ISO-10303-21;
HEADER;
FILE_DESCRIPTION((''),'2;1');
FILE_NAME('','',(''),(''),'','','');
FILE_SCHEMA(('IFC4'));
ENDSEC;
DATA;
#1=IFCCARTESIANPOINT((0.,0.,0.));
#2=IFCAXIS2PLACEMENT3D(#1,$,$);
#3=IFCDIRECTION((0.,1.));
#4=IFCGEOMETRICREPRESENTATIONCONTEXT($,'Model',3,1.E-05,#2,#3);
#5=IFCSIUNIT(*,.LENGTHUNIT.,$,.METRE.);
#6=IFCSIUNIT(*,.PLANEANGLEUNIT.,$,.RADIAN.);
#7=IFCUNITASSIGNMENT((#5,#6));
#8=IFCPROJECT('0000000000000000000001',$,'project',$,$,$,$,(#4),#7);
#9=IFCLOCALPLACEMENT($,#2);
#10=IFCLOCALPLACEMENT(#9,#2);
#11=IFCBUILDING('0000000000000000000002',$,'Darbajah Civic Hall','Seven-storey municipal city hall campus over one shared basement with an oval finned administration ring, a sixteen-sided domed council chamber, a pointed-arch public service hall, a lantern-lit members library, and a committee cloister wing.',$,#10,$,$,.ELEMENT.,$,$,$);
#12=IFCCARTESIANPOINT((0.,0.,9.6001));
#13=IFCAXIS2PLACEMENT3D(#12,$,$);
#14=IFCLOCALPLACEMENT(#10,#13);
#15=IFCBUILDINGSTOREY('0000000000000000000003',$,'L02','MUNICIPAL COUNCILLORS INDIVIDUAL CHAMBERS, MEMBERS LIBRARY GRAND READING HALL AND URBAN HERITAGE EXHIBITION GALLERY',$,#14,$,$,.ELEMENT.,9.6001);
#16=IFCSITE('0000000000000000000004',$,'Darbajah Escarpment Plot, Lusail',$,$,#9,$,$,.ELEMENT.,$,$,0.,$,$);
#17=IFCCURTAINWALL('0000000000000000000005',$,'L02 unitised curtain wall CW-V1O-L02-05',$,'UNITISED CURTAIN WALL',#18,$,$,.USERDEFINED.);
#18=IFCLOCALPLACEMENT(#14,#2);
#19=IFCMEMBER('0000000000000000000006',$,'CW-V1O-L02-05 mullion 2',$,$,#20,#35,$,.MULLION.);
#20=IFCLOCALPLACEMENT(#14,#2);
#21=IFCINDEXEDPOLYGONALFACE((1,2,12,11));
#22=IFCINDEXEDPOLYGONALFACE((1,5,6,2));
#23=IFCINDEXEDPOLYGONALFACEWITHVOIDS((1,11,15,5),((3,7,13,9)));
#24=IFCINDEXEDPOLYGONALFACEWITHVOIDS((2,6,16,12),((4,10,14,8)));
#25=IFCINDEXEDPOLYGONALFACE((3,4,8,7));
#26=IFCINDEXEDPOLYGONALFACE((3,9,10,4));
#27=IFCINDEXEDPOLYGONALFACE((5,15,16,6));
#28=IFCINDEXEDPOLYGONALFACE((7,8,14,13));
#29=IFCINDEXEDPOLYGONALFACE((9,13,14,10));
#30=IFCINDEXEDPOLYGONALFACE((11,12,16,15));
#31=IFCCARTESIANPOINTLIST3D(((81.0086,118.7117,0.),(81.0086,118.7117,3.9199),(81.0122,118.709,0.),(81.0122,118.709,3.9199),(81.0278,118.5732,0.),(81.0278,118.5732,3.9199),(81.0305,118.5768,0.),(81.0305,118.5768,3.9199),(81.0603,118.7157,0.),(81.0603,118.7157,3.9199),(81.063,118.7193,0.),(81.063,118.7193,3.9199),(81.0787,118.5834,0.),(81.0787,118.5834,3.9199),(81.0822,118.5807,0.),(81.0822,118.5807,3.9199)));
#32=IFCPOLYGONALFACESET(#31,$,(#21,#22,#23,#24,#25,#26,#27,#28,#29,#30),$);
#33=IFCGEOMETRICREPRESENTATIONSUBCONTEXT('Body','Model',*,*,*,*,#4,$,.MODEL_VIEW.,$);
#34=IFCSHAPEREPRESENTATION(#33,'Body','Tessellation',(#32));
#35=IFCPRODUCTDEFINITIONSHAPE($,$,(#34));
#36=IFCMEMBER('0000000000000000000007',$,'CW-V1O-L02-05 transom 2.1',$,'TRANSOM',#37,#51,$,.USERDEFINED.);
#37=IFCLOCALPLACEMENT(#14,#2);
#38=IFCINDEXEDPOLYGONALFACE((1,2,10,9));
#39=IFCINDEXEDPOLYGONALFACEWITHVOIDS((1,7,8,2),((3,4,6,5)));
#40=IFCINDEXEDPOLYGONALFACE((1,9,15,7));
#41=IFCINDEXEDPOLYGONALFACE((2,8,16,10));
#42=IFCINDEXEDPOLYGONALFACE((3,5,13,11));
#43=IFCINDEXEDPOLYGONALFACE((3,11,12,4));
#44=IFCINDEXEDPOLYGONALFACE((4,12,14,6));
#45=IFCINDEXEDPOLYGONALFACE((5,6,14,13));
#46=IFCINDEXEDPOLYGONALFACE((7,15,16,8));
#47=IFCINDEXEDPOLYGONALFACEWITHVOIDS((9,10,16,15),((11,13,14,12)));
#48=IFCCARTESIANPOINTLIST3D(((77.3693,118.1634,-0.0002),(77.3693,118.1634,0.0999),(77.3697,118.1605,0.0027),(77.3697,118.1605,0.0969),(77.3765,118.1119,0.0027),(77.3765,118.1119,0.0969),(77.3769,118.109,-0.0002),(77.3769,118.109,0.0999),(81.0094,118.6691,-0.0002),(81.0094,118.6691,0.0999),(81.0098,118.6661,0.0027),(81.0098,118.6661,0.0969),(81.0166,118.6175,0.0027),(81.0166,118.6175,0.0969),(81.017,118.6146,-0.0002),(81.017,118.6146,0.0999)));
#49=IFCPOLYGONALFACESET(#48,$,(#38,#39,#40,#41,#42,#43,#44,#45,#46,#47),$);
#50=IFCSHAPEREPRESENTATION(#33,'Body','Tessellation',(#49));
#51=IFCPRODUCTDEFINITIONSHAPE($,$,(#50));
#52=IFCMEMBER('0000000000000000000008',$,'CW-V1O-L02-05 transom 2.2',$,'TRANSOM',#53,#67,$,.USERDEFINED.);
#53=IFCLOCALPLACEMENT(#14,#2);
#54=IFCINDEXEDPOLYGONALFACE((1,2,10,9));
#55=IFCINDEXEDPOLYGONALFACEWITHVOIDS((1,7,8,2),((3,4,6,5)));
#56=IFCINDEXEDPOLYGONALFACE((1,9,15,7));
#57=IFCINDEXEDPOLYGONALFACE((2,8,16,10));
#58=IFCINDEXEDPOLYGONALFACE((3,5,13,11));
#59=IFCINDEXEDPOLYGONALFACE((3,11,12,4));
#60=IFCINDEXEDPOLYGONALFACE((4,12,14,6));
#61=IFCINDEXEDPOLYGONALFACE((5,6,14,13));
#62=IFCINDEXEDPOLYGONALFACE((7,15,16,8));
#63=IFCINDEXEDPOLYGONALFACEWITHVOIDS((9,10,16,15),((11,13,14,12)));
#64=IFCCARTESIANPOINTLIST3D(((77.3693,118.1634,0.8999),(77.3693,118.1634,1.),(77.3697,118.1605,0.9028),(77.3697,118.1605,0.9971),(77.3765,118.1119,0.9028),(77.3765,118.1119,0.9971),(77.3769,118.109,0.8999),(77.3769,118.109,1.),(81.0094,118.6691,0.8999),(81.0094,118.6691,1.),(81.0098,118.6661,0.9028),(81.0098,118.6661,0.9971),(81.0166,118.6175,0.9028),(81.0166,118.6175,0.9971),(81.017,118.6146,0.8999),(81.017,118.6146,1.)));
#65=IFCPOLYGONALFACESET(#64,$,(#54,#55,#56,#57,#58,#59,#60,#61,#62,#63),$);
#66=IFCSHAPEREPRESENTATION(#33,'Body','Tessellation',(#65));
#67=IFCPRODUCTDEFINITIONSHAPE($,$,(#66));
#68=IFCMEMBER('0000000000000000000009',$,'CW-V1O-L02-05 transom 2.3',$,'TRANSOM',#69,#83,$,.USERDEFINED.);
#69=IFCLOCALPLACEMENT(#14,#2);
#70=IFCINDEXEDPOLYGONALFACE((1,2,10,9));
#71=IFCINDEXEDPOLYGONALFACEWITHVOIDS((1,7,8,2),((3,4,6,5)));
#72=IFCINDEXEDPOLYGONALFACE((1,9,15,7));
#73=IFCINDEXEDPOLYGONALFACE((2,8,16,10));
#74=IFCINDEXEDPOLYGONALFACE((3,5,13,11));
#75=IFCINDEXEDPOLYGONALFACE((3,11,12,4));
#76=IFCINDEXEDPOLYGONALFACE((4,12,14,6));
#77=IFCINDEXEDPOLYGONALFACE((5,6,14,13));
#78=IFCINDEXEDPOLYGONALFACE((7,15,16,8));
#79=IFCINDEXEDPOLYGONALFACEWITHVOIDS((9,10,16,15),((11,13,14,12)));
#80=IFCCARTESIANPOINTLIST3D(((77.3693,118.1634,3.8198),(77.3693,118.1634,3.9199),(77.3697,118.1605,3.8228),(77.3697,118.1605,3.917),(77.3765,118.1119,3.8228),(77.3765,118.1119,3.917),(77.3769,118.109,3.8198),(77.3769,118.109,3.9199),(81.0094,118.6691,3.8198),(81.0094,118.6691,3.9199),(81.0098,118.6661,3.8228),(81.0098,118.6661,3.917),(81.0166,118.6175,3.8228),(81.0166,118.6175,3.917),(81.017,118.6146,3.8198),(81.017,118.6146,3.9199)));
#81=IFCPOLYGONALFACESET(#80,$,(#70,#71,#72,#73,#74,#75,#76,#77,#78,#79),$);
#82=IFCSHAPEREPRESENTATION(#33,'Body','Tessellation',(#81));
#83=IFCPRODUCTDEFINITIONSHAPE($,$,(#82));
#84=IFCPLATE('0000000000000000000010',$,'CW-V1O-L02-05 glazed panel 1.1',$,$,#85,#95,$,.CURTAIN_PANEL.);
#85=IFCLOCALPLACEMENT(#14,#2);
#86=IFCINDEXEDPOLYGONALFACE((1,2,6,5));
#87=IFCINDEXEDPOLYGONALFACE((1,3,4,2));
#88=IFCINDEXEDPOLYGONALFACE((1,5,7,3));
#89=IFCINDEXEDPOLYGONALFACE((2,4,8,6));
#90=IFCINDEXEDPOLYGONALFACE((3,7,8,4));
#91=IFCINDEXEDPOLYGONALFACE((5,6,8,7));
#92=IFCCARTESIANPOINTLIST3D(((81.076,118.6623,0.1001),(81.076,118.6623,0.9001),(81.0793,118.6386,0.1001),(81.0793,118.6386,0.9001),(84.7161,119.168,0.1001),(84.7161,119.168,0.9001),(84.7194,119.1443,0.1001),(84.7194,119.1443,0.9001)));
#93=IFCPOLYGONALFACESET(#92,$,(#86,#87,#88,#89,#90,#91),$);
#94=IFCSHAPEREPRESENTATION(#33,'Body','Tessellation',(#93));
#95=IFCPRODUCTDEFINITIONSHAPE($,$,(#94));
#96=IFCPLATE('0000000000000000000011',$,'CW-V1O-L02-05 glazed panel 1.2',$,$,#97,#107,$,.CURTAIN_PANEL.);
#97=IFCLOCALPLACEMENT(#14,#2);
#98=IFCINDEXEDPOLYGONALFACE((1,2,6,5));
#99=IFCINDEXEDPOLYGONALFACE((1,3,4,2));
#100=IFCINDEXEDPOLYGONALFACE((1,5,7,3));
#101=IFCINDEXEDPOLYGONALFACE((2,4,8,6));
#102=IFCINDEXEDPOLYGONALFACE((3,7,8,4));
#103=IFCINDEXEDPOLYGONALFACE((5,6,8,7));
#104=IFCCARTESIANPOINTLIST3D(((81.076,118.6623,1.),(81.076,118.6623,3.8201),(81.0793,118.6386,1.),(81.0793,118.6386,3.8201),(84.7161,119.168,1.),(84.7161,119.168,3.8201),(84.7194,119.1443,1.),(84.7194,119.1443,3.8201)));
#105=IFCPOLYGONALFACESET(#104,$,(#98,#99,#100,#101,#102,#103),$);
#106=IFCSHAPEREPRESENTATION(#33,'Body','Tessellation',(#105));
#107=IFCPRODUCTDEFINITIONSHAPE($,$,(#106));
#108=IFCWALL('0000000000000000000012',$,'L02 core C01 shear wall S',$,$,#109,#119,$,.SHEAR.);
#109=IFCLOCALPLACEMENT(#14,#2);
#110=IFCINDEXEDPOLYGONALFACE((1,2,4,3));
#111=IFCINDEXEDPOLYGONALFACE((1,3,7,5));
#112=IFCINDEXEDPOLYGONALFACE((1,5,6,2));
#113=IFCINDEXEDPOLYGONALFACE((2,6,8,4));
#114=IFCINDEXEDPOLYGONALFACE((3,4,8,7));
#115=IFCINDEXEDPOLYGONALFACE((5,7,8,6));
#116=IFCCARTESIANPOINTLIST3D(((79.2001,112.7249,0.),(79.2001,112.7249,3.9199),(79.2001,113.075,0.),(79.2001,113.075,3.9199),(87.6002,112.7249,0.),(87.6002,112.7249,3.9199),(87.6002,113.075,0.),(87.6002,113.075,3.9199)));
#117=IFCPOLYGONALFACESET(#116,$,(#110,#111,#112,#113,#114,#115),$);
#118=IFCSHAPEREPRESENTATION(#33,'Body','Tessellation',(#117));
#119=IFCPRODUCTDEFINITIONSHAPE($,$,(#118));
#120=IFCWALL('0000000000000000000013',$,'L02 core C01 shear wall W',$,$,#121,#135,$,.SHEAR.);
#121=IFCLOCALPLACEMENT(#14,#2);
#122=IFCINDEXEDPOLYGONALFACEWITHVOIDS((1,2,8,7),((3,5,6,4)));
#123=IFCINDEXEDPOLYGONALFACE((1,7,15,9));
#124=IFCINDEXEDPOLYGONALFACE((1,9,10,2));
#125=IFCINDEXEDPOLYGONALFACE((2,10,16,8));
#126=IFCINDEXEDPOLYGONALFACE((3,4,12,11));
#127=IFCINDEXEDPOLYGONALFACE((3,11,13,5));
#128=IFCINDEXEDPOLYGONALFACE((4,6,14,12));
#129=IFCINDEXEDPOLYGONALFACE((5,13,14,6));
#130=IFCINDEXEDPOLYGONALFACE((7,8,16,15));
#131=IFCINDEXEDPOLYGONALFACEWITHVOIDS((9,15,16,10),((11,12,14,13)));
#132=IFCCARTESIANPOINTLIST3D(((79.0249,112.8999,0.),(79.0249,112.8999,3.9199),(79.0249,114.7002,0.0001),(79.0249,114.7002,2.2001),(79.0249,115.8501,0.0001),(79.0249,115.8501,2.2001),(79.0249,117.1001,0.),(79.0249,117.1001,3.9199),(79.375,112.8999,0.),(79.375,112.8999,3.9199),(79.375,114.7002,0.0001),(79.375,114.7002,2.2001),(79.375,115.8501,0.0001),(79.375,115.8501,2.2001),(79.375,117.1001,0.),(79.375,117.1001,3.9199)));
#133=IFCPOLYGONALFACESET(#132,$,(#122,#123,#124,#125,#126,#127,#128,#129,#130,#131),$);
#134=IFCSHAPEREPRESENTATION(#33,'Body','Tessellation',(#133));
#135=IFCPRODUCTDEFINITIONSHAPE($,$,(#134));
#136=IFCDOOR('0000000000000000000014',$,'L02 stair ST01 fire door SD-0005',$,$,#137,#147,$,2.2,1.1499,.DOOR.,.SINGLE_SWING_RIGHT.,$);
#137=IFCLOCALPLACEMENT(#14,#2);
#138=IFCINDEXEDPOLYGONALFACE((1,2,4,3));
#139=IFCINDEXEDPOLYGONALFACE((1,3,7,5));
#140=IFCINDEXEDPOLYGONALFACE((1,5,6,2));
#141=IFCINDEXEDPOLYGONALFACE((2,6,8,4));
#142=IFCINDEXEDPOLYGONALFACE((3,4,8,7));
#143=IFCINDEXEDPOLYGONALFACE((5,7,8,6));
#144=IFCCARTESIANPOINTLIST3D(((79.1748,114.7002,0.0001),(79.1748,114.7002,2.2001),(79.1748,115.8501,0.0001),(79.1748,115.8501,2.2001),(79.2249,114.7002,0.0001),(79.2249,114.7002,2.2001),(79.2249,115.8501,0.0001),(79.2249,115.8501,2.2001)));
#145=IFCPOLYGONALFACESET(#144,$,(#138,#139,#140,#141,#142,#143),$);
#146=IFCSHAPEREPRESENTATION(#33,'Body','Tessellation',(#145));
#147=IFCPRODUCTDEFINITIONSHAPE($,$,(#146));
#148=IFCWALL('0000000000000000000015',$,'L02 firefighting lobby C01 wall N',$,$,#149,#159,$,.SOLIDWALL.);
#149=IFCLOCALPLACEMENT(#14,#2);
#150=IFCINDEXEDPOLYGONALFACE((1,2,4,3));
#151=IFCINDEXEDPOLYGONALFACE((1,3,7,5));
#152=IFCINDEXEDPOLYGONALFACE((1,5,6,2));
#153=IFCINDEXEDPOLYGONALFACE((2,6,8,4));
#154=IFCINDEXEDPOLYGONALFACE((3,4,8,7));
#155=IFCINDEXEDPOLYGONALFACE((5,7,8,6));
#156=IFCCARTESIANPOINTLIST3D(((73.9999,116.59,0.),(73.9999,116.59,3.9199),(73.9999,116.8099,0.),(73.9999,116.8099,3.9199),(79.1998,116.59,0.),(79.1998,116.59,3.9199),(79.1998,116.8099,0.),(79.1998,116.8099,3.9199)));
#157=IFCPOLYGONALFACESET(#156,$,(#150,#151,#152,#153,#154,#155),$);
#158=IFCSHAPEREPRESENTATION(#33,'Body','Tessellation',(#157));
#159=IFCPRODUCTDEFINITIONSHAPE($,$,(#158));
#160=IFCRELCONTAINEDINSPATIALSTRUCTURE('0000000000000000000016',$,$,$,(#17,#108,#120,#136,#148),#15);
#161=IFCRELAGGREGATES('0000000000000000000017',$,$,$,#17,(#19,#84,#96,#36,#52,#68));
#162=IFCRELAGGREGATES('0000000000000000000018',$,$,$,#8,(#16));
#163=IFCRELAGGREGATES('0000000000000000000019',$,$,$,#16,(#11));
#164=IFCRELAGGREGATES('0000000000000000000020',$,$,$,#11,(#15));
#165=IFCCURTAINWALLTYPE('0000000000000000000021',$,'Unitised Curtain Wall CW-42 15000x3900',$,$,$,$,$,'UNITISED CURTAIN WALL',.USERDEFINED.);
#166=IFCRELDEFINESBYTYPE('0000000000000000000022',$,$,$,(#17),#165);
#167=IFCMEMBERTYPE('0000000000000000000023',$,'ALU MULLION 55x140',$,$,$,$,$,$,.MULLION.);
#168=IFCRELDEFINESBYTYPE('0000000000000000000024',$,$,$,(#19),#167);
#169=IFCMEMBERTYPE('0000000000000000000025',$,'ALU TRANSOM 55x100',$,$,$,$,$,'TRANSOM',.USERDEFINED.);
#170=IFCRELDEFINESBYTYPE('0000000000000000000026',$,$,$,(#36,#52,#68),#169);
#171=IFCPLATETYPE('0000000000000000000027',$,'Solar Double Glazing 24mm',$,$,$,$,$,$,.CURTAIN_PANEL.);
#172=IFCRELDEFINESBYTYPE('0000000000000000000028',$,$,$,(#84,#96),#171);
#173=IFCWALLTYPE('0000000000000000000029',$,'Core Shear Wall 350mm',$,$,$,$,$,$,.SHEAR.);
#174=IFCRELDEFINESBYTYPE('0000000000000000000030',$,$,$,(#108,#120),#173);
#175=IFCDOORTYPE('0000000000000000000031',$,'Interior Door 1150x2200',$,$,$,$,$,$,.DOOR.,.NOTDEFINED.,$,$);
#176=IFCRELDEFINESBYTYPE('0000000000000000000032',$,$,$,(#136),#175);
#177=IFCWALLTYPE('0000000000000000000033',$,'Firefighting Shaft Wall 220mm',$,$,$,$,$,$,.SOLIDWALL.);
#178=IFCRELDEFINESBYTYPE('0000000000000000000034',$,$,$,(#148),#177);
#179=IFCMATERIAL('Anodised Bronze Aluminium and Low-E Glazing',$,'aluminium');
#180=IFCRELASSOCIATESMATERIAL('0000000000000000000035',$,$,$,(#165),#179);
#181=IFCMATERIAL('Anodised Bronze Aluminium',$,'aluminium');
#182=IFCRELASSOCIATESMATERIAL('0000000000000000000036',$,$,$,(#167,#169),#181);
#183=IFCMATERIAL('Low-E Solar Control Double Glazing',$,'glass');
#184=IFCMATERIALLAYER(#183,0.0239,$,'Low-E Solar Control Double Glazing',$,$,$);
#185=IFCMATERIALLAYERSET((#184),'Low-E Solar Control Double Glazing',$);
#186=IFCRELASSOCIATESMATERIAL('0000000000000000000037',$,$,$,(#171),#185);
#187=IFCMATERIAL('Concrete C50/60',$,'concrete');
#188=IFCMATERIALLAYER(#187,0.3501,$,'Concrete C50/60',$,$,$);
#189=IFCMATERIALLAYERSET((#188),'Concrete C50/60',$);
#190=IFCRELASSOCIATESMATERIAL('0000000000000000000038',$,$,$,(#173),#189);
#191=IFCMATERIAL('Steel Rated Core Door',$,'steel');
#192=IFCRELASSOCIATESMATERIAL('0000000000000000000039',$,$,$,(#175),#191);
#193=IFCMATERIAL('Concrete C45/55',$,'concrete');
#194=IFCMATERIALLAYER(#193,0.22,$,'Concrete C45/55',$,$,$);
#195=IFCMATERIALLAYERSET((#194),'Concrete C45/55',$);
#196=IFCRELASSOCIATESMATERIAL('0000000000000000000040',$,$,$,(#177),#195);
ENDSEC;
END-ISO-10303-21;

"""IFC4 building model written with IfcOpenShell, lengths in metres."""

from ifc_helpers import new_model, si_unit, direction, frame, frame_2d, origin, origin_2d, place, context, subcontext, project, spatial, rectangle, hollow_rectangle, extrude, material, layer, layer_set, material_profile, profile_set, type_object, element, fill, aggregate, save


model = new_model("IFC4")

# Units and contexts
model_context = context("Model", 3, precision=1e-05, world=origin(), true_north=direction((0.0, 1.0)))
body_context = subcontext(model_context, "Body", "Model", "MODEL_VIEW")
ifc_project = project(units=[si_unit("LENGTHUNIT", "METRE"), si_unit("PLANEANGLEUNIT", "RADIAN")], contexts=[model_context])

# Site, building, storey
site_placement = place(None, origin())
site = spatial("IfcSite", under=ifc_project, at=site_placement, Name="Darbajah Escarpment Plot, Lusail", CompositionType="ELEMENT", RefElevation=0.0)
building_placement = place(site_placement, origin())
building = spatial("IfcBuilding", under=site, at=building_placement, Name="Darbajah Civic Hall", Description="Seven-storey municipal city hall campus over one shared basement with an oval finned administration ring, a sixteen-sided domed council chamber, a pointed-arch public service hall, a lantern-lit members library, and a committee cloister wing.", CompositionType="ELEMENT")
storey_placement = place(building_placement, frame((0.0, 0.0, 9.6001)))
storey = spatial("IfcBuildingStorey", under=building, at=storey_placement, Name="L02", Description="MUNICIPAL COUNCILLORS INDIVIDUAL CHAMBERS, MEMBERS LIBRARY GRAND READING HALL AND URBAN HERITAGE EXHIBITION GALLERY", CompositionType="ELEMENT", Elevation=9.6001)

# Curtain wall, members, plates
ifc_material_1 = material(Name="Anodised Bronze Aluminium and Low-E Glazing", Category="aluminium")
curtain_wall_type = type_object("IfcCurtainWallType", Name="Unitised Curtain Wall CW-42 15000x3900", ElementType="UNITISED CURTAIN WALL", PredefinedType="USERDEFINED", material=ifc_material_1)
curtain_wall_placement = place(storey_placement, origin())
curtain_wall = element("IfcCurtainWall", 1, at=curtain_wall_placement, inside=storey, type_object=curtain_wall_type, Name="L02 unitised curtain wall CW-V1O-L02-05", ObjectType="UNITISED CURTAIN WALL", PredefinedType="USERDEFINED")
ifc_material_2 = material(Name="Anodised Bronze Aluminium", Category="aluminium")
ifc_material_profile_1 = material_profile(ifc_material_2, hollow_rectangle(XDim=0.0549, YDim=0.1399, WallThickness=0.0032, at=origin_2d()), Name="ALU MULLION 55x140")
ifc_profile_set_1 = profile_set([ifc_material_profile_1], Name="Anodised Bronze Aluminium")
member_type_1 = type_object("IfcMemberType", Name="ALU MULLION 55x140", PredefinedType="MULLION", material=ifc_profile_set_1)
member_1_placement = place(storey_placement, frame((81.0454, 118.6462, 0.0), z_axis=(0.0, 0.0, 1.0), x_axis=(-0.990485, -0.137617, 0.0)))
member_1 = element("IfcMember", 2, at=member_1_placement, type_object=member_type_1, Name="CW-V1O-L02-05 mullion 2", PredefinedType="MULLION", context=body_context, shape_type="SweptSolid", body=[
    extrude(hollow_rectangle(XDim=0.0549, YDim=0.1399, WallThickness=0.0032, at=origin_2d()), origin(), (0.0, 0.0, 1.0), 3.9199),
])
ifc_material_profile_2 = material_profile(ifc_material_2, hollow_rectangle(XDim=0.0549, YDim=0.1001, WallThickness=0.0029, at=origin_2d()), Name="ALU TRANSOM 55x100")
ifc_profile_set_2 = profile_set([ifc_material_profile_2], Name="Anodised Bronze Aluminium")
member_type_2 = type_object("IfcMemberType", Name="ALU TRANSOM 55x100", ElementType="TRANSOM", PredefinedType="USERDEFINED", material=ifc_profile_set_2)
member_2_placement = place(storey_placement, frame((81.0132, 118.6418, 0.0498), z_axis=(-0.990491, -0.137579, 0.0), x_axis=(0.137579, -0.990491, 0.0)))
member_2 = element("IfcMember", 3, at=member_2_placement, type_object=member_type_2, Name="CW-V1O-L02-05 transom 2.1", ObjectType="TRANSOM", PredefinedType="USERDEFINED", context=body_context, shape_type="SweptSolid", body=[
    extrude(hollow_rectangle(XDim=0.0549, YDim=0.1001, WallThickness=0.0029, at=origin_2d()), origin(), (0.0, 0.0, 1.0), 3.675),
])
member_3_placement = place(storey_placement, frame((81.0132, 118.6418, 0.95), z_axis=(-0.990491, -0.137579, 0.0), x_axis=(0.137579, -0.990491, 0.0)))
member_3 = element("IfcMember", 4, at=member_3_placement, type_object=member_type_2, Name="CW-V1O-L02-05 transom 2.2", ObjectType="TRANSOM", PredefinedType="USERDEFINED", context=body_context, shape_type="SweptSolid", body=[
    extrude(hollow_rectangle(XDim=0.0549, YDim=0.1001, WallThickness=0.0029, at=origin_2d()), origin(), (0.0, 0.0, 1.0), 3.675),
])
member_4_placement = place(storey_placement, frame((81.0132, 118.6418, 3.8699), z_axis=(-0.990491, -0.137579, 0.0), x_axis=(0.137579, -0.990491, 0.0)))
member_4 = element("IfcMember", 5, at=member_4_placement, type_object=member_type_2, Name="CW-V1O-L02-05 transom 2.3", ObjectType="TRANSOM", PredefinedType="USERDEFINED", context=body_context, shape_type="SweptSolid", body=[
    extrude(hollow_rectangle(XDim=0.0549, YDim=0.1001, WallThickness=0.0029, at=origin_2d()), origin(), (0.0, 0.0, 1.0), 3.675),
])
ifc_material_3 = material(Name="Low-E Solar Control Double Glazing", Category="glass")
ifc_layer_1 = layer(ifc_material_3, 0.0239, Name="Low-E Solar Control Double Glazing")
ifc_layer_set_1 = layer_set([ifc_layer_1], Name="Low-E Solar Control Double Glazing")
plate_type = type_object("IfcPlateType", Name="Solar Double Glazing 24mm", PredefinedType="CURTAIN_PANEL", material=ifc_layer_set_1)
plate_1_placement = place(storey_placement, frame((82.8977, 118.9033, 0.1001), z_axis=(0.0, 0.0, 1.0), x_axis=(-0.990485, -0.137617, 0.0)))
plate_1 = element("IfcPlate", 6, at=plate_1_placement, type_object=plate_type, Name="CW-V1O-L02-05 glazed panel 1.1", PredefinedType="CURTAIN_PANEL", context=body_context, shape_type="SweptSolid", body=[
    extrude(rectangle(XDim=3.675, YDim=0.0239, at=origin_2d()), origin(), (0.0, 0.0, 1.0), 0.8),
])
plate_2_placement = place(storey_placement, frame((82.8977, 118.9033, 1.0), z_axis=(0.0, 0.0, 1.0), x_axis=(-0.990485, -0.137617, 0.0)))
plate_2 = element("IfcPlate", 7, at=plate_2_placement, type_object=plate_type, Name="CW-V1O-L02-05 glazed panel 1.2", PredefinedType="CURTAIN_PANEL", context=body_context, shape_type="SweptSolid", body=[
    extrude(rectangle(XDim=3.675, YDim=0.0239, at=origin_2d()), origin(), (0.0, 0.0, 1.0), 2.8201),
])
aggregate(curtain_wall, [member_1, plate_1, plate_2, member_2, member_3, member_4])

# Wall
ifc_material_4 = material(Name="Concrete C50/60", Category="concrete")
ifc_layer_2 = layer(ifc_material_4, 0.3501, Name="Concrete C50/60")
ifc_layer_set_2 = layer_set([ifc_layer_2], Name="Concrete C50/60")
wall_type_1 = type_object("IfcWallType", Name="Core Shear Wall 350mm", PredefinedType="SHEAR", material=ifc_layer_set_2)
wall_1_placement = place(storey_placement, frame((79.2, 112.8999, 0.0), z_axis=(0.0, 0.0, 1.0), x_axis=(1.0, 0.0, 0.0)))
element("IfcWall", 8, at=wall_1_placement, inside=storey, type_object=wall_type_1, Name="L02 core C01 shear wall S", PredefinedType="SHEAR", context=body_context, shape_type="SweptSolid", body=[
    extrude(rectangle(XDim=8.4001, YDim=0.3501, at=frame_2d((4.2002, 0.0))), origin(), (0.0, 0.0, 1.0), 3.9199),
])

# Wall, opening, door
wall_2_placement = place(storey_placement, frame((79.2, 117.1001, 0.0), z_axis=(0.0, 0.0, 1.0), x_axis=(0.0, -1.0, 0.0)))
wall_2 = element("IfcWall", 9, at=wall_2_placement, inside=storey, type_object=wall_type_1, Name="L02 core C01 shear wall W", PredefinedType="SHEAR", context=body_context, shape_type="SweptSolid", body=[
    extrude(rectangle(XDim=4.2002, YDim=0.3501, at=frame_2d((2.1001, 0.0))), origin(), (0.0, 0.0, 1.0), 3.9199),
])
opening_placement = place(wall_2_placement, frame((1.25, 0.0, 0.0)))
opening = element("IfcOpeningElement", 10, at=opening_placement, cuts=wall_2, PredefinedType="OPENING", context=body_context, shape_type="SweptSolid", body=[
    extrude(rectangle(XDim=1.1499, YDim=2.2, at=frame_2d((0.575, 1.1001))), frame((0.0, 0.1851, 0.0), z_axis=(0.0, -1.0, 0.0), x_axis=(1.0, 0.0, 0.0)), (0.0, 0.0, 1.0), 0.3701),
])
ifc_material_5 = material(Name="Steel Rated Core Door", Category="steel")
door_type = type_object("IfcDoorType", Name="Interior Door 1150x2200", OperationType="NOTDEFINED", PredefinedType="DOOR", material=ifc_material_5)
door_placement = place(opening_placement, origin())
door = element("IfcDoor", 11, at=door_placement, inside=storey, type_object=door_type, Name="L02 stair ST01 fire door SD-0005", OperationType="SINGLE_SWING_RIGHT", OverallHeight=2.2, OverallWidth=1.1499, PredefinedType="DOOR", context=body_context, shape_type="SweptSolid", body=[
    extrude(rectangle(XDim=1.1499, YDim=2.2, at=frame_2d((0.575, 1.1001))), frame((0.0, 0.0249, 0.0), z_axis=(0.0, -1.0, 0.0), x_axis=(1.0, 0.0, 0.0)), (0.0, 0.0, 1.0), 0.05),
])
fill(opening, door)

# Wall
ifc_material_6 = material(Name="Concrete C45/55", Category="concrete")
ifc_layer_3 = layer(ifc_material_6, 0.22, Name="Concrete C45/55")
ifc_layer_set_3 = layer_set([ifc_layer_3], Name="Concrete C45/55")
wall_type_2 = type_object("IfcWallType", Name="Firefighting Shaft Wall 220mm", PredefinedType="SOLIDWALL", material=ifc_layer_set_3)
wall_3_placement = place(storey_placement, frame((79.2, 116.7, 0.0), z_axis=(0.0, 0.0, 1.0), x_axis=(-1.0, 0.0, 0.0)))
element("IfcWall", 12, at=wall_3_placement, inside=storey, type_object=wall_type_2, Name="L02 firefighting lobby C01 wall N", PredefinedType="SOLIDWALL", context=body_context, shape_type="SweptSolid", body=[
    extrude(rectangle(XDim=5.2, YDim=0.22, at=frame_2d((2.6001, 0.0))), origin(), (0.0, 0.0, 1.0), 3.9199),
])

save(model, "model.ifc")
